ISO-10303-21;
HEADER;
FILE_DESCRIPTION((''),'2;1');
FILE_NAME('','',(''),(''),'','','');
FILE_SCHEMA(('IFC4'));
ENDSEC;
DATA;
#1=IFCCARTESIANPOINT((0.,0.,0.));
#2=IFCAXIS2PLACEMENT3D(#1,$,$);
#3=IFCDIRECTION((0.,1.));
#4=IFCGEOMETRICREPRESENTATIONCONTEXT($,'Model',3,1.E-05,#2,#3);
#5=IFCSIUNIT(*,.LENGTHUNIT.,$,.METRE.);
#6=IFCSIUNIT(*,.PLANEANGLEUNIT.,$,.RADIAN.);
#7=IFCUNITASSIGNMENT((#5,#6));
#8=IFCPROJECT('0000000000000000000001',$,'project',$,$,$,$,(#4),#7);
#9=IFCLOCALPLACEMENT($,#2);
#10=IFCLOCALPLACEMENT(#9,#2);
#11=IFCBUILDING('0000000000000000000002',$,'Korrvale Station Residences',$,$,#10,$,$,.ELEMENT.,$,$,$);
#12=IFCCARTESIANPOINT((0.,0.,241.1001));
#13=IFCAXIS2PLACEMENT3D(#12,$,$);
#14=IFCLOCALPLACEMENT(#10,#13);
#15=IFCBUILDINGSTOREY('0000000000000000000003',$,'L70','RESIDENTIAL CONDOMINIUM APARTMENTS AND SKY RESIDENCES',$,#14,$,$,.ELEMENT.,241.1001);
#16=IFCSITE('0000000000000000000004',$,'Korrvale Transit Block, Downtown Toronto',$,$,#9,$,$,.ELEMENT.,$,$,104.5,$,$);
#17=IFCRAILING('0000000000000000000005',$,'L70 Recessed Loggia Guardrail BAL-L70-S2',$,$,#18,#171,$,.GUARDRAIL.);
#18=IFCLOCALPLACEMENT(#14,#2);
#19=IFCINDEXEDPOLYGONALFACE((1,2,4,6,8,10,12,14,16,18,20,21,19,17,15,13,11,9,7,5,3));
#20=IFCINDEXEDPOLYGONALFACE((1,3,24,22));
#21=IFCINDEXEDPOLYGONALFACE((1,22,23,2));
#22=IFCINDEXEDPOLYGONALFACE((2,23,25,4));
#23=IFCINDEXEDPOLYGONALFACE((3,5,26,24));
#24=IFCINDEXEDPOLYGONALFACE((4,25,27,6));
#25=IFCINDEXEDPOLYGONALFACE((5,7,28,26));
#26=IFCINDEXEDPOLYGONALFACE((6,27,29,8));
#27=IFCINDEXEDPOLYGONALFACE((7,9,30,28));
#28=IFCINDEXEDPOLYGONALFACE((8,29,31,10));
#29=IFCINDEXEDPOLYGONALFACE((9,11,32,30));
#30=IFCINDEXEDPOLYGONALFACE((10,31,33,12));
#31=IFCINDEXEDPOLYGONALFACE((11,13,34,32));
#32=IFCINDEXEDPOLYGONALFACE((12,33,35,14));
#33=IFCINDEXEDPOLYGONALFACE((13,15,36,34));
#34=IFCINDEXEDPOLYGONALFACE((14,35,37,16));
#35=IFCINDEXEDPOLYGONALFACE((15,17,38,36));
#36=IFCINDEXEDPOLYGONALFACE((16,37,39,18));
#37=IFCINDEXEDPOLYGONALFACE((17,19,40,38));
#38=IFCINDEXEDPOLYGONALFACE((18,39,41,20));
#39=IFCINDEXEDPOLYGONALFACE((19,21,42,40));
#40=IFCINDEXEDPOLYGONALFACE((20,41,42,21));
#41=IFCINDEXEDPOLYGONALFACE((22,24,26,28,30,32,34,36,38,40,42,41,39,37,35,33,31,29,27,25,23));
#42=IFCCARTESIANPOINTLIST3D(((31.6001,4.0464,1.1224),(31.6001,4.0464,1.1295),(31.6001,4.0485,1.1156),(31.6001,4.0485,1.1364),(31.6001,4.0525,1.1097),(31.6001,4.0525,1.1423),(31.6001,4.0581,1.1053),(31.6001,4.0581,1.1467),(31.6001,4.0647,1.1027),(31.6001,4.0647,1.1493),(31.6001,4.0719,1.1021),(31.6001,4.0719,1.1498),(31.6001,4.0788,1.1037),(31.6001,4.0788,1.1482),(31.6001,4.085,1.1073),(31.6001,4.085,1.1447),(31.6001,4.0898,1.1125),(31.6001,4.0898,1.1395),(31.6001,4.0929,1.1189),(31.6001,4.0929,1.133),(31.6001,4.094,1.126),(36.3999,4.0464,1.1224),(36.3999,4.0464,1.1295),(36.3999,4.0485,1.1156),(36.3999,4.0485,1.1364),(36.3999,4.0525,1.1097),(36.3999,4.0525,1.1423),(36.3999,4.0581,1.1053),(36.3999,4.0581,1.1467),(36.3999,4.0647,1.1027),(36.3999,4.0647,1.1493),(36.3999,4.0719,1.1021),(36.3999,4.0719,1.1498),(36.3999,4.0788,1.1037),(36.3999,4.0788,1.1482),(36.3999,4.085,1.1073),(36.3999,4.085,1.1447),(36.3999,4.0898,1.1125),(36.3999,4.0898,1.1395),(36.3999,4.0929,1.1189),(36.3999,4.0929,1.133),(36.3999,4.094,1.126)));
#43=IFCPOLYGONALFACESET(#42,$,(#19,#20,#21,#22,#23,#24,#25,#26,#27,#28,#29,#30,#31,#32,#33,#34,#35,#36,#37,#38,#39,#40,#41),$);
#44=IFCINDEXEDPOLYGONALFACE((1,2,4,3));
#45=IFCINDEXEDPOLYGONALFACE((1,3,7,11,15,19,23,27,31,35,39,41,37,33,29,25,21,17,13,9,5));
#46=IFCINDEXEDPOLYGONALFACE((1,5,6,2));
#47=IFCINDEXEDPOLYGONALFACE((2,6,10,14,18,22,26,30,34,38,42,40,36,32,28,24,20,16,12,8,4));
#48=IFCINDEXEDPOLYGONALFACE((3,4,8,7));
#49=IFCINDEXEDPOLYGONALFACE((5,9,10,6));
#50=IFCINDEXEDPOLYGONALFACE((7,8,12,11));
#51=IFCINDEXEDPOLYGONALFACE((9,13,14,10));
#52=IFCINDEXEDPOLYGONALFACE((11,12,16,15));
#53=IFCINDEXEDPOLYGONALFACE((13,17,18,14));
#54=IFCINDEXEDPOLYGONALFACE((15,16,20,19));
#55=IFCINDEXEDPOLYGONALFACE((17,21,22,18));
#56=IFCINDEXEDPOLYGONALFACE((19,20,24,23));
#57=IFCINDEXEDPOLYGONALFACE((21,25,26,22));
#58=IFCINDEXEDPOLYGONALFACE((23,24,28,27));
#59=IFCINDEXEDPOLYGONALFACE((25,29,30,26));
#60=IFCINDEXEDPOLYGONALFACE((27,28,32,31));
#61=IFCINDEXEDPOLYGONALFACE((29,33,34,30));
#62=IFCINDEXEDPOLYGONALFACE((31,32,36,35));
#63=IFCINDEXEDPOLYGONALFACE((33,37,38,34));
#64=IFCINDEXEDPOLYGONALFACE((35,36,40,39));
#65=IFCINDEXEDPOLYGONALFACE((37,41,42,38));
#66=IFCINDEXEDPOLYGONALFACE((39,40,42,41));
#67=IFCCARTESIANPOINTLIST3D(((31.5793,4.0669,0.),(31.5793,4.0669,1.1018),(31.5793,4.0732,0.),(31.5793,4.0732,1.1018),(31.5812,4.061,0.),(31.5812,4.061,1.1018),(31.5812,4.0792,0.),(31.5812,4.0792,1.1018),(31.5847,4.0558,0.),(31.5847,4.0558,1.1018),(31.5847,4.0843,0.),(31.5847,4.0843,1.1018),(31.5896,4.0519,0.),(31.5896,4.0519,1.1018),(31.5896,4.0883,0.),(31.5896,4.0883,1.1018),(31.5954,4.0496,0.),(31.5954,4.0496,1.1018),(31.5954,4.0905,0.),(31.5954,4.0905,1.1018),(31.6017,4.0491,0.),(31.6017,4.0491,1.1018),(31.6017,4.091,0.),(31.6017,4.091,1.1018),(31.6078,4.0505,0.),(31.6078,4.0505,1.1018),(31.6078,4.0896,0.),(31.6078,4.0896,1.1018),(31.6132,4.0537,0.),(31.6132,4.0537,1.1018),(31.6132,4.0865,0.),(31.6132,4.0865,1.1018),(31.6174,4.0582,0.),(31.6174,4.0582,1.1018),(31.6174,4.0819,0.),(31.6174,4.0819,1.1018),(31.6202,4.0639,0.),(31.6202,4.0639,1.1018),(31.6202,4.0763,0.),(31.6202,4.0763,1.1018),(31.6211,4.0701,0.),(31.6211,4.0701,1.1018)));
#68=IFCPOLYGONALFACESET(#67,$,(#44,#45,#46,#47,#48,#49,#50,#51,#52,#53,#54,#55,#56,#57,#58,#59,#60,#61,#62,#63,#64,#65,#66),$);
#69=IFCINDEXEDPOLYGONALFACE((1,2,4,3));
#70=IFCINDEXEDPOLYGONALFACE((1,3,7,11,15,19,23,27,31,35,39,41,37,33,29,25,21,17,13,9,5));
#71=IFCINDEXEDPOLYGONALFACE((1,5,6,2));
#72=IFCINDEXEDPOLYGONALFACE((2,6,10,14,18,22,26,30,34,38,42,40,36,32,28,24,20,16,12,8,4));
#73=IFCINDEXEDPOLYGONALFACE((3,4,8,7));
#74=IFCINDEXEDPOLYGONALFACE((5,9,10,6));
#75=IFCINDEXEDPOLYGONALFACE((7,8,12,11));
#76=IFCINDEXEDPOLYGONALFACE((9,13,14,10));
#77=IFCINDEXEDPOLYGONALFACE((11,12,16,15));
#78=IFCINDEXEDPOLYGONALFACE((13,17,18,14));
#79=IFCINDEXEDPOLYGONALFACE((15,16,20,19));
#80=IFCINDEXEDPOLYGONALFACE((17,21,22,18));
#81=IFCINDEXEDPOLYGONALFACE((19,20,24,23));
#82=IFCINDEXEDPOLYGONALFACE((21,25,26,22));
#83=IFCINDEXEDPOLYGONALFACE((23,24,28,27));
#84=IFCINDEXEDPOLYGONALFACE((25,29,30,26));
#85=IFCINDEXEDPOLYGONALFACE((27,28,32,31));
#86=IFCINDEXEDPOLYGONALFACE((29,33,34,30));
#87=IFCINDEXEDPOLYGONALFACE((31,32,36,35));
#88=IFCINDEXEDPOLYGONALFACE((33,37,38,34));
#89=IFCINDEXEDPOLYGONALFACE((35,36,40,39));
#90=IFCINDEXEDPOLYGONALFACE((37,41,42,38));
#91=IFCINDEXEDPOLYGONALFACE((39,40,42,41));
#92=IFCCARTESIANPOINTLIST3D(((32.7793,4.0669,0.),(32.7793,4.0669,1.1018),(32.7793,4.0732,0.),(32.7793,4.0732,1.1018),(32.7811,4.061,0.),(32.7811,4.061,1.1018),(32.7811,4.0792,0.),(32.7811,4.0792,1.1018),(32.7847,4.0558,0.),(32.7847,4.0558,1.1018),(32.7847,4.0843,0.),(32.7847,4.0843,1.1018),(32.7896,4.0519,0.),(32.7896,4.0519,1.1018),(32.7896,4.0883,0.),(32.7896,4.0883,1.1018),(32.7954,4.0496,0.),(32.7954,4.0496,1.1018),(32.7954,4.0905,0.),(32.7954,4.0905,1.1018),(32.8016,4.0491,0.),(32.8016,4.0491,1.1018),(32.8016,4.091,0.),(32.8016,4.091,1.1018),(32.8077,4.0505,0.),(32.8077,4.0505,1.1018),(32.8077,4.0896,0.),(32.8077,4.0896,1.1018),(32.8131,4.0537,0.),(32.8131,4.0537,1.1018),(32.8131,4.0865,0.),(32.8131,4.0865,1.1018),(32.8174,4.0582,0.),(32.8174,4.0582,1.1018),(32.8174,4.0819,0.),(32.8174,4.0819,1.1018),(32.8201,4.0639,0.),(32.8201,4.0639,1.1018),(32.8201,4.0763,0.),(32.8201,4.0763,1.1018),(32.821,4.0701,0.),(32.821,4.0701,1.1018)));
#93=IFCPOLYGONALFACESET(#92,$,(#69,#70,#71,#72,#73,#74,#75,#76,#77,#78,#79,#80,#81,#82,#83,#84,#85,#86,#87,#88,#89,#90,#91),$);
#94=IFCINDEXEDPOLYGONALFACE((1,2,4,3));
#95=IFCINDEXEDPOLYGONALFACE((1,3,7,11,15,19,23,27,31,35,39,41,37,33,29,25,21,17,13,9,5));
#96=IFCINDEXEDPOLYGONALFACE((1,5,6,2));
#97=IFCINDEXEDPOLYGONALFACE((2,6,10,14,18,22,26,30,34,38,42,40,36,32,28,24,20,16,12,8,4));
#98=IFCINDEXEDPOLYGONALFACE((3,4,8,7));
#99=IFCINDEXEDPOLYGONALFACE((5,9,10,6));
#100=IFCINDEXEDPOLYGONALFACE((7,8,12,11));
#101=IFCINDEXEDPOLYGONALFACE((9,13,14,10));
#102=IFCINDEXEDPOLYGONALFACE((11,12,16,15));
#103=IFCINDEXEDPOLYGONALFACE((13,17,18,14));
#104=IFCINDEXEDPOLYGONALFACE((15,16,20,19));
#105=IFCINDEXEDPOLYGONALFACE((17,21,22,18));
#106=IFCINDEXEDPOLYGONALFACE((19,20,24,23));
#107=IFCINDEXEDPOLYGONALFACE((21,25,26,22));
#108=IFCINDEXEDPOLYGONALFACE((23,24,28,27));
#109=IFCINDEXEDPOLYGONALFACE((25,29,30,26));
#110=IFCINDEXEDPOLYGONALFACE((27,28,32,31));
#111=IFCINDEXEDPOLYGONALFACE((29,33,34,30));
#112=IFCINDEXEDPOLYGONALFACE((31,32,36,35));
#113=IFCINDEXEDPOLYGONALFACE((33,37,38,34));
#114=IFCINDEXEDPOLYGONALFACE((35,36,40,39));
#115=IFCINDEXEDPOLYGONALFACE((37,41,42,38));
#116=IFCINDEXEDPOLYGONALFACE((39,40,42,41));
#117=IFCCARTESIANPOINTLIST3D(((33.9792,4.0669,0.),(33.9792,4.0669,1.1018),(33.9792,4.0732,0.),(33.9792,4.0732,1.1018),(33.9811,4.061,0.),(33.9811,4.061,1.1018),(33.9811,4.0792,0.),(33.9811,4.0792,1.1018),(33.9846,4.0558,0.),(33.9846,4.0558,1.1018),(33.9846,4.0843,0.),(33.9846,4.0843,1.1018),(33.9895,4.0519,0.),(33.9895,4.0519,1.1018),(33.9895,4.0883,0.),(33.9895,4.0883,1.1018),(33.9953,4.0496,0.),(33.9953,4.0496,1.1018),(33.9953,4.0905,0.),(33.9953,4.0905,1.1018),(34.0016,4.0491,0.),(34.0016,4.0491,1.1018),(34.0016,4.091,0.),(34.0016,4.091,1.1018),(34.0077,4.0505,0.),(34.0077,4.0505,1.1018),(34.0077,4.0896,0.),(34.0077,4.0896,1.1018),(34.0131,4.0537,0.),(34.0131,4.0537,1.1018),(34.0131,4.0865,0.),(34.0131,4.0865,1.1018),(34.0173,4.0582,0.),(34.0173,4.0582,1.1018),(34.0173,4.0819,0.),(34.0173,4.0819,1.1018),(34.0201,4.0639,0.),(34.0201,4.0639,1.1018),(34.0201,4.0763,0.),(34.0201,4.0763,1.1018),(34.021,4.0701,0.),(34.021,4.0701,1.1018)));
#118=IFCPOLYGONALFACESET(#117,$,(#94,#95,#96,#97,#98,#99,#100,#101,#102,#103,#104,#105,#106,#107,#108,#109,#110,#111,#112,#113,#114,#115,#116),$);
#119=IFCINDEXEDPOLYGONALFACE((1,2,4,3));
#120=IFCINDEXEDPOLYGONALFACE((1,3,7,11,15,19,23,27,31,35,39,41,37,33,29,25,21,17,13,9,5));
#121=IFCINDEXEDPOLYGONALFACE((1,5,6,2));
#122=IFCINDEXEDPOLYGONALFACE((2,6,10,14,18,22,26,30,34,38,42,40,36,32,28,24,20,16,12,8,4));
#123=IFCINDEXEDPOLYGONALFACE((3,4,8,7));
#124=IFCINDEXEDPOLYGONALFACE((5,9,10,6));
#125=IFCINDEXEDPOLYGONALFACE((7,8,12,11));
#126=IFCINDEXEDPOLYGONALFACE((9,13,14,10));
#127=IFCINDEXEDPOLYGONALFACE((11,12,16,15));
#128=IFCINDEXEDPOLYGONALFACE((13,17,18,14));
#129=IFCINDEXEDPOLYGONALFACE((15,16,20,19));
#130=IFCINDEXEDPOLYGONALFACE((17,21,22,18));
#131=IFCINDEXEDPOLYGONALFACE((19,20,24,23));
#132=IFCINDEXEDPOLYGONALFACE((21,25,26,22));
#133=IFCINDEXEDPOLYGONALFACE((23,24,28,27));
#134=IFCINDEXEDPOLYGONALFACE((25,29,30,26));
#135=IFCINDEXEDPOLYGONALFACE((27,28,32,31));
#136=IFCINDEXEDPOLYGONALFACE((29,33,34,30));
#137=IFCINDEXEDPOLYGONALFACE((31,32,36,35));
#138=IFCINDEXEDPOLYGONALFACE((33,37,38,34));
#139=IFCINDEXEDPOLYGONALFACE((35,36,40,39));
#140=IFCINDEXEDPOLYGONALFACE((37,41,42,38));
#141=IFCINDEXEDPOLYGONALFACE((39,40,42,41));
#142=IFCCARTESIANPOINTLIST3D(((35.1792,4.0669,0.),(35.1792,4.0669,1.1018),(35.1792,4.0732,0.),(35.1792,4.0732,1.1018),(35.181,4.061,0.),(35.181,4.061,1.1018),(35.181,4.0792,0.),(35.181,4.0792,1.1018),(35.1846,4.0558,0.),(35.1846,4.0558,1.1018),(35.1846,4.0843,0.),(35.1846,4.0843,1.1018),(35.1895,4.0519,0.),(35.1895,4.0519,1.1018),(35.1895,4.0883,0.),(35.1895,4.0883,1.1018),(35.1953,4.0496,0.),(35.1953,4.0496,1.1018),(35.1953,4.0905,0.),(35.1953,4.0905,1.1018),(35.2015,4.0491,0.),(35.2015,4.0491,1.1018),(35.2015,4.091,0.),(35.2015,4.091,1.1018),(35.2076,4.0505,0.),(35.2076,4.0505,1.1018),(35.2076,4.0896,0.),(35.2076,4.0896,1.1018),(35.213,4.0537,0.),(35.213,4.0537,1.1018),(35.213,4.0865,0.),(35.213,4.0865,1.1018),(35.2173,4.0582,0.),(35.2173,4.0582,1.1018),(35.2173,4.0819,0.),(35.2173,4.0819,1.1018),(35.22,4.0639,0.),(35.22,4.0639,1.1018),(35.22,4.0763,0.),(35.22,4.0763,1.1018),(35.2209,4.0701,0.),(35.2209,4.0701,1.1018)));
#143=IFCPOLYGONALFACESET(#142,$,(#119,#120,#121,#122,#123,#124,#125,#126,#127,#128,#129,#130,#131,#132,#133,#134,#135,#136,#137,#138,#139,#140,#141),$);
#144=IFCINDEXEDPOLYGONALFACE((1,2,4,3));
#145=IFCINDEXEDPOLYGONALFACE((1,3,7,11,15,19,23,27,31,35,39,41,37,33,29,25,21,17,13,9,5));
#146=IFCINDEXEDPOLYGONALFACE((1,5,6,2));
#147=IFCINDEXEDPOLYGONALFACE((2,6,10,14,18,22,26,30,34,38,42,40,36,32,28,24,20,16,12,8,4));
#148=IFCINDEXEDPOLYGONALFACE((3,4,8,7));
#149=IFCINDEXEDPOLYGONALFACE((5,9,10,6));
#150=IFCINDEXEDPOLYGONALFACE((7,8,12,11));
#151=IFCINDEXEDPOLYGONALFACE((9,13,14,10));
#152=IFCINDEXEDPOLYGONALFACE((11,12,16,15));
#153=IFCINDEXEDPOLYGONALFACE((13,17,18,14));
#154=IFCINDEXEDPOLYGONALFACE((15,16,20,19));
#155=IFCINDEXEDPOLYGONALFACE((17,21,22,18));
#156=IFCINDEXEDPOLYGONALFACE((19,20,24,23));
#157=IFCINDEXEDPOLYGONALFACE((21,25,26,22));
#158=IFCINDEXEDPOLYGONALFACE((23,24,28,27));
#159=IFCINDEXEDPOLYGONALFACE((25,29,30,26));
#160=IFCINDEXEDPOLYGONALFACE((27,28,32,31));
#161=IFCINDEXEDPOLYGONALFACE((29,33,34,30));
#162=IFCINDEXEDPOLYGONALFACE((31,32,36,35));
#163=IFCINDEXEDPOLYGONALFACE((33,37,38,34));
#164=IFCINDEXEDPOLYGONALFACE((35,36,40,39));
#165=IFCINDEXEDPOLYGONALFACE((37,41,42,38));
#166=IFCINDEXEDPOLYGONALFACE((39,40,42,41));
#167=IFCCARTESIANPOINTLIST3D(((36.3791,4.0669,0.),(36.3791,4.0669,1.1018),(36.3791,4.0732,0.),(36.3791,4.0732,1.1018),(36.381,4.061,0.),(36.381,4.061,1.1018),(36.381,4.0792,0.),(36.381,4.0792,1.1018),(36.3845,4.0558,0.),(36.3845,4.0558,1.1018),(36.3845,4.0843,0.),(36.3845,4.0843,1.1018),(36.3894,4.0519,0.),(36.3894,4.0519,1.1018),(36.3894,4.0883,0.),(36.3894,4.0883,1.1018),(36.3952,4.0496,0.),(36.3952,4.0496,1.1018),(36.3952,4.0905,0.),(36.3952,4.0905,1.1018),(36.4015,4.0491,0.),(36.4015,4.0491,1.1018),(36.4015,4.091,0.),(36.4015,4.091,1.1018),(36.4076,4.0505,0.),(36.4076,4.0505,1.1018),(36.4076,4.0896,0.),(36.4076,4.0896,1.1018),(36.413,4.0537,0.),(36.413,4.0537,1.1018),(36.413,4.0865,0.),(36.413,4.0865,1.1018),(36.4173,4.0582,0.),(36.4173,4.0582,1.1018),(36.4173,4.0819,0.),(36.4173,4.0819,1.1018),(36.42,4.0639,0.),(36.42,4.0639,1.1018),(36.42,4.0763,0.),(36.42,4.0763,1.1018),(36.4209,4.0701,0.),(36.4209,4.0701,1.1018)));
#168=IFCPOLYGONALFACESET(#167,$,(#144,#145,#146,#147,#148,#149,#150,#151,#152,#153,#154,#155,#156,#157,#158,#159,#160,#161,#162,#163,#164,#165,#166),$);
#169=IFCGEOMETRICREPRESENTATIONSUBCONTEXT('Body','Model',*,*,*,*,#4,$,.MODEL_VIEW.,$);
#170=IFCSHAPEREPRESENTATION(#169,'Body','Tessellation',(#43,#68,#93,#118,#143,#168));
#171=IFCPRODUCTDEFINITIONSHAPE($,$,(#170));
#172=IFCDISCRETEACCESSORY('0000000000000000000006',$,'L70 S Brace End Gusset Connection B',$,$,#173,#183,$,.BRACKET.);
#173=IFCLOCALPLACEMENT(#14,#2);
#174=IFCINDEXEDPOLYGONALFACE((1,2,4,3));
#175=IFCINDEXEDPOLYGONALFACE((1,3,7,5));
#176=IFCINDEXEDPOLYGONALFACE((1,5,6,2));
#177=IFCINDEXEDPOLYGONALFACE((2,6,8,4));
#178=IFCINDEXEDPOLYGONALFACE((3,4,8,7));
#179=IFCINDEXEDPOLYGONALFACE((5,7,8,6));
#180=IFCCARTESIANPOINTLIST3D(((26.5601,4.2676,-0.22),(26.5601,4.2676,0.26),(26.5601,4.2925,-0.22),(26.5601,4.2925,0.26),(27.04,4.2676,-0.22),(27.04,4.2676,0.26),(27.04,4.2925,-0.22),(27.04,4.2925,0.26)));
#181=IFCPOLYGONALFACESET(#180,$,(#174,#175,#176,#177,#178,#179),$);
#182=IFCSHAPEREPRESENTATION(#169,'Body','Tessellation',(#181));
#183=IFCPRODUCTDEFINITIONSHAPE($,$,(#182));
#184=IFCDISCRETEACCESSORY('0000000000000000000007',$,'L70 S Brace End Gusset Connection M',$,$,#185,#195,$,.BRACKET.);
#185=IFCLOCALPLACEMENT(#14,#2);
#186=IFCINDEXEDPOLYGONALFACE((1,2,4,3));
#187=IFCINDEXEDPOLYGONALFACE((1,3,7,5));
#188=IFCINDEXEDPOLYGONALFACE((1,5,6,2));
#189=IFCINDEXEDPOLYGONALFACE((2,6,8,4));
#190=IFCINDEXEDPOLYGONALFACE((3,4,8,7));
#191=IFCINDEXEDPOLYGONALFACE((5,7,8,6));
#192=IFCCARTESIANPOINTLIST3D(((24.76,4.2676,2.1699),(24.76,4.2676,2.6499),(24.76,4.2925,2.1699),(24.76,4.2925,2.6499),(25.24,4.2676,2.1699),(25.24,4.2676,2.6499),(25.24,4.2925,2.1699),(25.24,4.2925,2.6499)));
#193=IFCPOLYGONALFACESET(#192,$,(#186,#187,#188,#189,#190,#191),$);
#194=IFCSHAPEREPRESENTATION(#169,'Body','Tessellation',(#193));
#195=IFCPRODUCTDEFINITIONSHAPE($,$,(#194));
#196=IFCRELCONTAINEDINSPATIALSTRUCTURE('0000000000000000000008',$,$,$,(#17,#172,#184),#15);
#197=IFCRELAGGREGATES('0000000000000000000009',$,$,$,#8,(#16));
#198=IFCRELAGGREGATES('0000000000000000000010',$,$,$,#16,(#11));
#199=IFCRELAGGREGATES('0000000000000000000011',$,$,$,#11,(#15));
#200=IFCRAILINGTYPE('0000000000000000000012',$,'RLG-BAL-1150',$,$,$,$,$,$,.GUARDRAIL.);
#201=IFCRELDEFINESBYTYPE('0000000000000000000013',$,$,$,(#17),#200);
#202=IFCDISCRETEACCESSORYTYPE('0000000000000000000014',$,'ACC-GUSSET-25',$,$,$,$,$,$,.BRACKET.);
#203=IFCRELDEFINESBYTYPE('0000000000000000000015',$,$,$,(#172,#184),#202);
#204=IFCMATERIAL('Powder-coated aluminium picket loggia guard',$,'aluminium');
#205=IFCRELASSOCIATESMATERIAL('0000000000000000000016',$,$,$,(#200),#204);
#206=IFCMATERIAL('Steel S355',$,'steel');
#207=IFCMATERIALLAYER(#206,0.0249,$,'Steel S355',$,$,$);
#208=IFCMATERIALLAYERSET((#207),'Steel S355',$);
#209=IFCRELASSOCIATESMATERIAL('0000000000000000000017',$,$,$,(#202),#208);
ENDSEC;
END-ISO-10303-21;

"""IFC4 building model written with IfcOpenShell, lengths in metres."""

from ifc_helpers import new_model, si_unit, direction, frame, origin, origin_2d, place, context, subcontext, project, spatial, rectangle, circle, extrude, material, layer, layer_set, type_object, element, save


model = new_model("IFC4")

# Units and contexts
model_context = context("Model", 3, precision=1e-05, world=origin(), true_north=direction((0.0, 1.0)))
body_context = subcontext(model_context, "Body", "Model", "MODEL_VIEW")
ifc_project = project(units=[si_unit("LENGTHUNIT", "METRE"), si_unit("PLANEANGLEUNIT", "RADIAN")], contexts=[model_context])

# Site, building, storey
site_placement = place(None, origin())
site = spatial("IfcSite", under=ifc_project, at=site_placement, Name="Korrvale Transit Block, Downtown Toronto", CompositionType="ELEMENT", RefElevation=104.5)
building_placement = place(site_placement, origin())
building = spatial("IfcBuilding", under=site, at=building_placement, Name="Korrvale Station Residences", CompositionType="ELEMENT")
storey_placement = place(building_placement, frame((0.0, 0.0, 241.1001)))
storey = spatial("IfcBuildingStorey", under=building, at=storey_placement, Name="L70", Description="RESIDENTIAL CONDOMINIUM APARTMENTS AND SKY RESIDENCES", CompositionType="ELEMENT", Elevation=241.1001)

# Shared definitions
ifc_material_1 = material(Name="Steel S355", Category="steel")

# Railing
ifc_material_2 = material(Name="Powder-coated aluminium picket loggia guard", Category="aluminium")
railing_type = type_object("IfcRailingType", Name="RLG-BAL-1150", PredefinedType="GUARDRAIL", material=ifc_material_2)
railing_placement = place(storey_placement, frame((31.6001, 4.0701, 0.0)))
element("IfcRailing", 1, at=railing_placement, inside=storey, type_object=railing_type, Name="L70 Recessed Loggia Guardrail BAL-L70-S2", PredefinedType="GUARDRAIL", context=body_context, shape_type="SweptSolid", body=[
    extrude(circle(Radius=0.0239, at=origin_2d()), frame((0.0, 0.0, 1.126), z_axis=(1.0, 0.0, 0.0), x_axis=(0.0, 1.0, 0.0)), (0.0, 0.0, 1.0), 4.7998),
    extrude(circle(Radius=0.021, at=origin_2d()), origin(), (0.0, 0.0, 1.0), 1.1018),
    extrude(circle(Radius=0.021, at=origin_2d()), frame((1.2, 0.0, 0.0)), (0.0, 0.0, 1.0), 1.1018),
    extrude(circle(Radius=0.021, at=origin_2d()), frame((2.3999, 0.0, 0.0)), (0.0, 0.0, 1.0), 1.1018),
    extrude(circle(Radius=0.021, at=origin_2d()), frame((3.5999, 0.0, 0.0)), (0.0, 0.0, 1.0), 1.1018),
    extrude(circle(Radius=0.021, at=origin_2d()), frame((4.7998, 0.0, 0.0)), (0.0, 0.0, 1.0), 1.1018),
])

# Discrete accessories
ifc_layer_1 = layer(ifc_material_1, 0.0249, Name="Steel S355")
ifc_layer_set_1 = layer_set([ifc_layer_1], Name="Steel S355")
discrete_accessory_type = type_object("IfcDiscreteAccessoryType", Name="ACC-GUSSET-25", PredefinedType="BRACKET", material=ifc_layer_set_1)
for number, where, z_axis, x_axis, name in (
    (2, (26.8, 4.28, -0.22), (0.0, 0.0, 1.0), (1.0, 0.0, 0.0), "L70 S Brace End Gusset Connection B"),
    (3, (25.0, 4.28, 2.1699), (0.0, 0.0, 1.0), (1.0, 0.0, 0.0), "L70 S Brace End Gusset Connection M"),
):
    element("IfcDiscreteAccessory", number, at=place(storey_placement, frame(where, z_axis=z_axis, x_axis=x_axis)), inside=storey, type_object=discrete_accessory_type, Name=name, PredefinedType="BRACKET", context=body_context, shape_type="SweptSolid", body=[
        extrude(rectangle(XDim=0.48, YDim=0.0249, at=origin_2d()), origin(), (0.0, 0.0, 1.0), 0.48),
    ])

save(model, "model.ifc")
